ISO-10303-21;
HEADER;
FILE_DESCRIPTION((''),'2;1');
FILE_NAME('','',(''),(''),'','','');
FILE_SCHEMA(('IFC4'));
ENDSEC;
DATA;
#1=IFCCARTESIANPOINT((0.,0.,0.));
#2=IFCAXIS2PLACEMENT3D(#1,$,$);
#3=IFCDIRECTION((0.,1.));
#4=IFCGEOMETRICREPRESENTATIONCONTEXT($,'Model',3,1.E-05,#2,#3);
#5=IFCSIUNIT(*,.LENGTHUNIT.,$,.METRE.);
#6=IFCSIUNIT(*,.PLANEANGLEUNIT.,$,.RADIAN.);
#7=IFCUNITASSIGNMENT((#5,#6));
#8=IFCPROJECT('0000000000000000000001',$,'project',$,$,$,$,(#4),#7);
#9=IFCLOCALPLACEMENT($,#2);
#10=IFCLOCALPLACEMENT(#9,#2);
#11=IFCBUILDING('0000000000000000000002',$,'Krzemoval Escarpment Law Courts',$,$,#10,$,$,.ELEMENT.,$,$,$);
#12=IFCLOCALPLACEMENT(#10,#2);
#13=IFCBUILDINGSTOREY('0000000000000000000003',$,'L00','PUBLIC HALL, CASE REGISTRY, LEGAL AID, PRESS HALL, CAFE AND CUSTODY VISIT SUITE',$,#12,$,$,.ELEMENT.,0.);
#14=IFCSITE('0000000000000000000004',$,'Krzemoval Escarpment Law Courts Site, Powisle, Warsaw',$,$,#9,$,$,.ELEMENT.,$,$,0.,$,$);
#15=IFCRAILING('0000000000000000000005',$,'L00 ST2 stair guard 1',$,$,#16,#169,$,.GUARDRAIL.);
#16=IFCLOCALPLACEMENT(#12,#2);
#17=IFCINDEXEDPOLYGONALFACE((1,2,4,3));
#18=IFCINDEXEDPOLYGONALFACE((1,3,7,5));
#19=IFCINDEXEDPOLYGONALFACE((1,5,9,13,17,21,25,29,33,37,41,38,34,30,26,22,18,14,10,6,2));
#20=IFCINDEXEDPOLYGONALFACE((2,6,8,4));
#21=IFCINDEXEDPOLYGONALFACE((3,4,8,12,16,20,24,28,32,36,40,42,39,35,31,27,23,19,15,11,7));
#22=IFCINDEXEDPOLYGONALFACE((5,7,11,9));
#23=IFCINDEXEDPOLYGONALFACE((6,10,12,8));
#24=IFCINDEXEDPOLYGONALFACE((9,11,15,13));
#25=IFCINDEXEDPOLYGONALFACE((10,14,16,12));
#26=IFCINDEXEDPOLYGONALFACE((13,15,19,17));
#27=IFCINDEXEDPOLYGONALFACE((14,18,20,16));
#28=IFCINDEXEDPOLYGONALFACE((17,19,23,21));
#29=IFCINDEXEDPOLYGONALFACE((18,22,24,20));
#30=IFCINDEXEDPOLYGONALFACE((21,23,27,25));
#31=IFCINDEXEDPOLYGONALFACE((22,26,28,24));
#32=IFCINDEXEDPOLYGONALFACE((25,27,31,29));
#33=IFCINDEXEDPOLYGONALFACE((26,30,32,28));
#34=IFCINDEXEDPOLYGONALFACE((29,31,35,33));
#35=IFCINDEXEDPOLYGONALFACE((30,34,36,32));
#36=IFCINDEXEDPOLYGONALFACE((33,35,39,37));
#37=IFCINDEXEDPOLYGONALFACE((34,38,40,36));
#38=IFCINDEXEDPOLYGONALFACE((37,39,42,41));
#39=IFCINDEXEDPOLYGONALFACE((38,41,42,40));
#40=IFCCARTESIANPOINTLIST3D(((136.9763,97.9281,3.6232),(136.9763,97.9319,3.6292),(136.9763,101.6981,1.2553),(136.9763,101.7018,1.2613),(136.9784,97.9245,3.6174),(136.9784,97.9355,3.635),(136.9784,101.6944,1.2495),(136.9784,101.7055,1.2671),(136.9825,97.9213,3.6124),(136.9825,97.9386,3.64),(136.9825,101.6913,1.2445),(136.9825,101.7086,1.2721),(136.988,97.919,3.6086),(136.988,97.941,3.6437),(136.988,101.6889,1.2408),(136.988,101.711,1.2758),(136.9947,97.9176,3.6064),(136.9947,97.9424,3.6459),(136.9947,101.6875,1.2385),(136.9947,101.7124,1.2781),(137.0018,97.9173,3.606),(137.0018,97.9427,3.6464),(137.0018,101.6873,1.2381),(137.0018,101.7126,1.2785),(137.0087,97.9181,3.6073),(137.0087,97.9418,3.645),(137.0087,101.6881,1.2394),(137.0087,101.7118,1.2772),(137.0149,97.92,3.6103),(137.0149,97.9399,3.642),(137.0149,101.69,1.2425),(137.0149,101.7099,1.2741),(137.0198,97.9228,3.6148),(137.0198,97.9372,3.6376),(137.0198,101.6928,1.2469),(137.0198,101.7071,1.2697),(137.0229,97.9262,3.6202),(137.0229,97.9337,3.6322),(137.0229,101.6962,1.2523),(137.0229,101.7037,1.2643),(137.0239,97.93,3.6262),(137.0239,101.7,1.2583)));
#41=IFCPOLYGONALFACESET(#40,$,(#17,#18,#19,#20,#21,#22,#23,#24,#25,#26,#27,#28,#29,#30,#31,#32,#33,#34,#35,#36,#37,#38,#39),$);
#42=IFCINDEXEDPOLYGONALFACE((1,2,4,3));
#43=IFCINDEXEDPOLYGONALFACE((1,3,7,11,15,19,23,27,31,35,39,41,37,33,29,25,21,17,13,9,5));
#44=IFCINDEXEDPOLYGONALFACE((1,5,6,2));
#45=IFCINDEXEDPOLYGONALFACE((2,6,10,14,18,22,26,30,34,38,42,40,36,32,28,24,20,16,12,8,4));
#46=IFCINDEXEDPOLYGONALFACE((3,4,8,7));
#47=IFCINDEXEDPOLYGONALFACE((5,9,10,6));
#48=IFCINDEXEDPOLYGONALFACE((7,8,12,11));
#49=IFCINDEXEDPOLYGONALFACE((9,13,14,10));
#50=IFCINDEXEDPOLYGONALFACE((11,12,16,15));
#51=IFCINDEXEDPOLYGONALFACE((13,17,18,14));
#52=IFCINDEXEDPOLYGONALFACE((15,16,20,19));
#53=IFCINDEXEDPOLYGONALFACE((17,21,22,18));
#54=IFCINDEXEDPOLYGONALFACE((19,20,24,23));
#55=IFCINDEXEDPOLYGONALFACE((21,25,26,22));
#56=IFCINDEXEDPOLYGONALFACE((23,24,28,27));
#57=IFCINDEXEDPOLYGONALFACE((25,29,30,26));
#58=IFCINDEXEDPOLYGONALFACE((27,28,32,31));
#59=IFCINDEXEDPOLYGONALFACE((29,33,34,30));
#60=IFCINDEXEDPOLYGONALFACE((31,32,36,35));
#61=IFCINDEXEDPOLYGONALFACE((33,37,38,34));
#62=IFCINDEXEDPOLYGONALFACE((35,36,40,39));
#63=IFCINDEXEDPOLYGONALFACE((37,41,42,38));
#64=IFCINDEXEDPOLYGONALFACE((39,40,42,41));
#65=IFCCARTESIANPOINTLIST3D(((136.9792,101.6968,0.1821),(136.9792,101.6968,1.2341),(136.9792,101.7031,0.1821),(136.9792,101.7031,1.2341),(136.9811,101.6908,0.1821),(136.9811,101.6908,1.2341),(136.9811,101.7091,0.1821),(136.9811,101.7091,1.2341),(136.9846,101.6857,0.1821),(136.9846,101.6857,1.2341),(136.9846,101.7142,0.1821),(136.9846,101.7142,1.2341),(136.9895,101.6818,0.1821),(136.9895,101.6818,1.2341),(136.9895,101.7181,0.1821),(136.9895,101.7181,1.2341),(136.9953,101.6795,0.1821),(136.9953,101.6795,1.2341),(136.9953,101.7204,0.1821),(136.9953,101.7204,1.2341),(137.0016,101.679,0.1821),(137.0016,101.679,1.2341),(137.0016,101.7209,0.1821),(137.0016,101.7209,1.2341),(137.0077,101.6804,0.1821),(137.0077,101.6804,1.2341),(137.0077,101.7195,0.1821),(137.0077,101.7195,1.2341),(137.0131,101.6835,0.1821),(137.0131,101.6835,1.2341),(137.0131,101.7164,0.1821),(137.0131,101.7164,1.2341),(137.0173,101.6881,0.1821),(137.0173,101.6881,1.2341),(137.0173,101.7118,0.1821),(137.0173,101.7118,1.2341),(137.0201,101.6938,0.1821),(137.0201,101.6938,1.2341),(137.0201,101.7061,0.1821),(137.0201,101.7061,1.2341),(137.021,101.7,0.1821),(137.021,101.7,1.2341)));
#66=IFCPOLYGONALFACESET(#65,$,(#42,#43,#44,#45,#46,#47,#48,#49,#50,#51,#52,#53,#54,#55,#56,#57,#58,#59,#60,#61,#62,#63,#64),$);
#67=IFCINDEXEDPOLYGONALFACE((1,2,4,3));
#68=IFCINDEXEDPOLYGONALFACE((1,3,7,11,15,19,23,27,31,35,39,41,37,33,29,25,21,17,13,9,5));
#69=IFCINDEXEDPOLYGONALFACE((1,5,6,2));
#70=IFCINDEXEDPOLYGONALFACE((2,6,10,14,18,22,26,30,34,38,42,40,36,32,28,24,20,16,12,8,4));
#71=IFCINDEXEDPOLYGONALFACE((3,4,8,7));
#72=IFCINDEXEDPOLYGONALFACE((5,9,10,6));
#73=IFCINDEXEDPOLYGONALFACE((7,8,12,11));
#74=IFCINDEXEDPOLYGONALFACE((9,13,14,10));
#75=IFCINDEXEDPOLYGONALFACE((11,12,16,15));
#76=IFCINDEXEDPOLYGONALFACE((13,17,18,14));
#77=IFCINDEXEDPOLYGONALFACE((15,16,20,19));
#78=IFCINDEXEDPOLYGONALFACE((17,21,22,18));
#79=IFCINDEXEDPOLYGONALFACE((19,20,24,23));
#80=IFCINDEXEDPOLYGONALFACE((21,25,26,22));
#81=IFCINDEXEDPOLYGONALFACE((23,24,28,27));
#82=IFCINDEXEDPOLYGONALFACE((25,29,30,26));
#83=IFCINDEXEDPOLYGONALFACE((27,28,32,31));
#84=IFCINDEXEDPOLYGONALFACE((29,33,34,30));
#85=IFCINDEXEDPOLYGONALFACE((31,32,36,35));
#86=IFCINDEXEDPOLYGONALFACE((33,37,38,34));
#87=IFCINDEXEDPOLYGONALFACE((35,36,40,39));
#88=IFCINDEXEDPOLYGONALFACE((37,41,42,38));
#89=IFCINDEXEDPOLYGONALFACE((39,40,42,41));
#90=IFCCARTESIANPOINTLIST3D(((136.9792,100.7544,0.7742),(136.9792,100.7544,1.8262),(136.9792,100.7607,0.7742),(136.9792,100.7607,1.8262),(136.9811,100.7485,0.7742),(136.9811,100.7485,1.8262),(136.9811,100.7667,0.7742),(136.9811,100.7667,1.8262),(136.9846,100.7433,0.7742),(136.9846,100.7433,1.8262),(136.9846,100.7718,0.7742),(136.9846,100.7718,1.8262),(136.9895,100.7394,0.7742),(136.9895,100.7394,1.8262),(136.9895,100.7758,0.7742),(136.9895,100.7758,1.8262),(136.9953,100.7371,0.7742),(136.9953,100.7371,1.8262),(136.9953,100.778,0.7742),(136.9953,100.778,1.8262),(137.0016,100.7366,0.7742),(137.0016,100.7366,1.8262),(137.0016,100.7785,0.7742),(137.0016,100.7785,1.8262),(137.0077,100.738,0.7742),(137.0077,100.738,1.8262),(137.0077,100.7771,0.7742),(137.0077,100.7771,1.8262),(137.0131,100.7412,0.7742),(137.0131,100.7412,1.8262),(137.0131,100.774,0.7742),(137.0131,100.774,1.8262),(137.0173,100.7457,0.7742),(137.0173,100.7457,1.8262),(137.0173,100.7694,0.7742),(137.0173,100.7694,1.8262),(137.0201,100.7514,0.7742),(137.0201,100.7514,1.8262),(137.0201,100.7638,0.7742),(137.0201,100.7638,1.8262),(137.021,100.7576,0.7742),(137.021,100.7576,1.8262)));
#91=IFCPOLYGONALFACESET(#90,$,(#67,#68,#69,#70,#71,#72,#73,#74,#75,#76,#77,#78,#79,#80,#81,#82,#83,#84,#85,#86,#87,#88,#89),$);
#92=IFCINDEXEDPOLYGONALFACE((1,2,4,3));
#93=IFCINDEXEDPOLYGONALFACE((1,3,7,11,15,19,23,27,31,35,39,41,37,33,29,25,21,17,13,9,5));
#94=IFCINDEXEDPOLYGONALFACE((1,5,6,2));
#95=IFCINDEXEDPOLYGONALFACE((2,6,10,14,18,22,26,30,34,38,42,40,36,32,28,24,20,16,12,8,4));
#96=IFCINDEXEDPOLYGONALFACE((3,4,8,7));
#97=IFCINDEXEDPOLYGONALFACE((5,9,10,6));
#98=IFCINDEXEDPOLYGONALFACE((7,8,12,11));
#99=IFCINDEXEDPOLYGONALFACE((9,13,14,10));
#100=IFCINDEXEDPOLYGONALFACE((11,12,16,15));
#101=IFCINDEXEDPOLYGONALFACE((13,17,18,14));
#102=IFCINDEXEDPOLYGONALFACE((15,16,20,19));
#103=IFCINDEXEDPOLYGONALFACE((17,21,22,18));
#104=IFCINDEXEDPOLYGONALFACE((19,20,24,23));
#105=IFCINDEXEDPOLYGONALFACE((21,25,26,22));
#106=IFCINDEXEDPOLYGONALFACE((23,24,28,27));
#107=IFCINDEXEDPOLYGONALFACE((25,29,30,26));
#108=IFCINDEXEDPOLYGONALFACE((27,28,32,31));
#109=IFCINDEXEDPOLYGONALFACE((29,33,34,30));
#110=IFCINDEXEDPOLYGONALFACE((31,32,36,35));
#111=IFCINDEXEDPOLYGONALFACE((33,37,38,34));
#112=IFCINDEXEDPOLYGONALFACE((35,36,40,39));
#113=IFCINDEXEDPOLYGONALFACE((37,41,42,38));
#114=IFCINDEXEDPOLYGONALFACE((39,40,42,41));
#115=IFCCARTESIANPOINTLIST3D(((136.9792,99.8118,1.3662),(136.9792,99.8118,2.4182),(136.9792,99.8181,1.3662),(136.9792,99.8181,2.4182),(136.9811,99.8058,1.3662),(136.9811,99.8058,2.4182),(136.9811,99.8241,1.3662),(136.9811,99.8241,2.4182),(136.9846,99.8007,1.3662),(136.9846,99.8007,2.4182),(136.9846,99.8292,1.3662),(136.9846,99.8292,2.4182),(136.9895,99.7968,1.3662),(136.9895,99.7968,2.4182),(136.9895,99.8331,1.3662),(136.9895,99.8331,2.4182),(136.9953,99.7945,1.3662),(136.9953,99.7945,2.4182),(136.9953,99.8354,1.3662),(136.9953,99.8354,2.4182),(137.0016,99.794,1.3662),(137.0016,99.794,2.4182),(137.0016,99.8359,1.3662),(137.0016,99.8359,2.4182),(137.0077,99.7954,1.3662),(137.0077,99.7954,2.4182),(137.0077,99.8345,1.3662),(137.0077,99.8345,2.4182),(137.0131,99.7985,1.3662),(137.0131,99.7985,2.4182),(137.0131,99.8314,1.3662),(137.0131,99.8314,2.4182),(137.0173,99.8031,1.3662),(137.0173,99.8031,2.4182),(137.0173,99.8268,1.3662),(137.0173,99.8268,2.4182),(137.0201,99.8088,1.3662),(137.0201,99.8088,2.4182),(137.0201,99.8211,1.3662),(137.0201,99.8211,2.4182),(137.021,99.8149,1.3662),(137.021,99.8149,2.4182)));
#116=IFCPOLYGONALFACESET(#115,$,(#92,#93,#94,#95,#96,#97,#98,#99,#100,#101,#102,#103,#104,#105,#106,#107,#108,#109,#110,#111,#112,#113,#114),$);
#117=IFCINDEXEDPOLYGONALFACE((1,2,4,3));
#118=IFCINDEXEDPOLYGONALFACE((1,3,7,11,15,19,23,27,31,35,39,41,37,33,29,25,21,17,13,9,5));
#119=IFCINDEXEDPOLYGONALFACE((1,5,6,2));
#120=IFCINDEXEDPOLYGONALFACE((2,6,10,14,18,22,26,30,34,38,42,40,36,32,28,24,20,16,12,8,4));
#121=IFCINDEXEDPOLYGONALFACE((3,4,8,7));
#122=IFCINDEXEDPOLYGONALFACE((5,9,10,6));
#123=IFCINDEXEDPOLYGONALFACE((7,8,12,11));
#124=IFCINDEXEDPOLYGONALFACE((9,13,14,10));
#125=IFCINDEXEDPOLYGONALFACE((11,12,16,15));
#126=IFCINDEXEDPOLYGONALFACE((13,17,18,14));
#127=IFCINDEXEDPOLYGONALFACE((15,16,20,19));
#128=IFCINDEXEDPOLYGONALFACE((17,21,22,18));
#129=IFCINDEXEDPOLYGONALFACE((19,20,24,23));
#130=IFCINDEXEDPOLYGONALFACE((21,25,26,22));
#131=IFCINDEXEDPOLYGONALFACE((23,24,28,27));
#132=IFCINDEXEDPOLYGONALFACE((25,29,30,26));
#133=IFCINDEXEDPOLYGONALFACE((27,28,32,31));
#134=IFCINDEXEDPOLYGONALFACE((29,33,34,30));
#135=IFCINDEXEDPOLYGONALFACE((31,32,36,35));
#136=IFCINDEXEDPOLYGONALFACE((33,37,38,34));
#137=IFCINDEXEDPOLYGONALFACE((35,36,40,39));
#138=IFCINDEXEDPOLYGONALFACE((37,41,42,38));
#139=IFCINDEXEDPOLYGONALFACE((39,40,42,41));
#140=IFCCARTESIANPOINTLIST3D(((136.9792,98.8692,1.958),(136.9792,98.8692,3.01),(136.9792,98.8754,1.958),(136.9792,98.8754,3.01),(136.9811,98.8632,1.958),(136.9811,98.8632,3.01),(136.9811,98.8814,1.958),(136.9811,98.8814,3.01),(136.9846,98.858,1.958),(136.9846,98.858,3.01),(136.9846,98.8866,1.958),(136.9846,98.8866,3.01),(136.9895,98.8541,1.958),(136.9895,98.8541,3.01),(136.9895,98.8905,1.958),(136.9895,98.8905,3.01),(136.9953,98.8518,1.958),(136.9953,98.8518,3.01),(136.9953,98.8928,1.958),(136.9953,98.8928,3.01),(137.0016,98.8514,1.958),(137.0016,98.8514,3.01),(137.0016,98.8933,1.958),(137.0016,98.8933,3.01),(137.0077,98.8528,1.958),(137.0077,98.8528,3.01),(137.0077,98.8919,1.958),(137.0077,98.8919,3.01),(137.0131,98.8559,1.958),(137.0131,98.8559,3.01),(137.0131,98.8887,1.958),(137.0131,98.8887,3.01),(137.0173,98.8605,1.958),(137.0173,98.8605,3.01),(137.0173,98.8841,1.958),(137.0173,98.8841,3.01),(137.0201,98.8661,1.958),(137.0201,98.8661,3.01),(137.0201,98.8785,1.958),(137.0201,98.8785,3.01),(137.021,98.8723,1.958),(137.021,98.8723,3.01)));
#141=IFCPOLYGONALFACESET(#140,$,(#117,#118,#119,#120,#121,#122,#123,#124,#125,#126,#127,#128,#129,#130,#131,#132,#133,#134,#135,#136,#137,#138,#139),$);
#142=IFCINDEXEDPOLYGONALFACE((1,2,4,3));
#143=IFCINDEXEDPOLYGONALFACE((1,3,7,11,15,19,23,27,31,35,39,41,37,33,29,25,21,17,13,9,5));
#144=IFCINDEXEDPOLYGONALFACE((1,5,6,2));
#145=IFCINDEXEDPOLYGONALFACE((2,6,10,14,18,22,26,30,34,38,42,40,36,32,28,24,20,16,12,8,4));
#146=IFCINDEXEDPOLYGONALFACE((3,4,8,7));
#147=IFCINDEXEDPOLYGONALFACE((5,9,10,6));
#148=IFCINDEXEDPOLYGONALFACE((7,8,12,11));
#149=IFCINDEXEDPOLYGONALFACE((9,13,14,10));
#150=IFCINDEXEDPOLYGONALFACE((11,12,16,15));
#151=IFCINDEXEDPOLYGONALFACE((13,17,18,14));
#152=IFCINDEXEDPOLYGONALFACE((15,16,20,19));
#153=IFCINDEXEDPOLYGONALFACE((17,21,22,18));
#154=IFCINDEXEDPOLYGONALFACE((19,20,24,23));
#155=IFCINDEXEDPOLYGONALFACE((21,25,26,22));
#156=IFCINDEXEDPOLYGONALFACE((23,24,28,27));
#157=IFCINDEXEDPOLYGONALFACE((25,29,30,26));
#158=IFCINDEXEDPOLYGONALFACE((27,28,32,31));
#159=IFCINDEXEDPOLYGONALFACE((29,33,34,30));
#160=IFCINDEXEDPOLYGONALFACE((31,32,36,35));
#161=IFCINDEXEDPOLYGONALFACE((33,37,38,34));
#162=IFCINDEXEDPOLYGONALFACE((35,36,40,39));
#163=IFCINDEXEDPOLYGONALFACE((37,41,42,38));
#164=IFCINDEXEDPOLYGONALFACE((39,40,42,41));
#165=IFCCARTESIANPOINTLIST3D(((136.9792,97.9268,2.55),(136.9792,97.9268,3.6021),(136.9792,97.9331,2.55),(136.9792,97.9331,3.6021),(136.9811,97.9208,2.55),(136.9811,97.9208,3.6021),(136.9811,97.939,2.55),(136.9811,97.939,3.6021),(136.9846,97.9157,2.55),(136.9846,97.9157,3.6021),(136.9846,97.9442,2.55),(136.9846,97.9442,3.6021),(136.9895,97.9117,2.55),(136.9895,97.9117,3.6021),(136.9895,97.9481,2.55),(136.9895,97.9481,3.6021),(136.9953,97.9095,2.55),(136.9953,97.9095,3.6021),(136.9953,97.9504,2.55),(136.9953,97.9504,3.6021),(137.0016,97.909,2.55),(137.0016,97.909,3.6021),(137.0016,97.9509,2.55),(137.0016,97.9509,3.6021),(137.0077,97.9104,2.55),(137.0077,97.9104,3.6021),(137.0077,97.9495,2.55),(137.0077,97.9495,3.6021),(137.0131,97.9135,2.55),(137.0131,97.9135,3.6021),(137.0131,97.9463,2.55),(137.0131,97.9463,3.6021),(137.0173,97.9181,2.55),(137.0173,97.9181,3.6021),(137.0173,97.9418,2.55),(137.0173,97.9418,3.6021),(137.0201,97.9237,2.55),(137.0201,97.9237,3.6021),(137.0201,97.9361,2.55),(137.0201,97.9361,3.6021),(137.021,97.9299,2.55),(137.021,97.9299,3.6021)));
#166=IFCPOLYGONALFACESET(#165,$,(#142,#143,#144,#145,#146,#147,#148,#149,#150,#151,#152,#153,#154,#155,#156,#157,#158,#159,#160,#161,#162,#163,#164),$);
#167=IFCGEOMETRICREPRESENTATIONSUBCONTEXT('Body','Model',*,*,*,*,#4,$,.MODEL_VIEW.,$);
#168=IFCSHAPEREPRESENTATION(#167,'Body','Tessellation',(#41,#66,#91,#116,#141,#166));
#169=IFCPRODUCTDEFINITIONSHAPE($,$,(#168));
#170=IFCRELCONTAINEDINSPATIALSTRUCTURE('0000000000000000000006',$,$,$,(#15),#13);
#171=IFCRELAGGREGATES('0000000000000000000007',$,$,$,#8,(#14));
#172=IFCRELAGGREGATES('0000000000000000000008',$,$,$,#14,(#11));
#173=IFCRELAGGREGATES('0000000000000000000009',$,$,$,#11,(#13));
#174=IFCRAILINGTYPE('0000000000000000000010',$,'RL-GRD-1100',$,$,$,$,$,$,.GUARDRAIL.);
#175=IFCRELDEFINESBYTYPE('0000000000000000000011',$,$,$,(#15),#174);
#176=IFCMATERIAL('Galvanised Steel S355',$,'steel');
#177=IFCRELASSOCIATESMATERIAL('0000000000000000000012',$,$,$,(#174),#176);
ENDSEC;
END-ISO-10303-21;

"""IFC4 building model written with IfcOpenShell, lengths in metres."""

from ifc_helpers import new_model, si_unit, direction, frame, origin, origin_2d, place, context, subcontext, project, spatial, circle, extrude, material, type_object, element, save


model = new_model("IFC4")

# Units and contexts
model_context = context("Model", 3, precision=1e-05, world=origin(), true_north=direction((0.0, 1.0)))
body_context = subcontext(model_context, "Body", "Model", "MODEL_VIEW")
ifc_project = project(units=[si_unit("LENGTHUNIT", "METRE"), si_unit("PLANEANGLEUNIT", "RADIAN")], contexts=[model_context])

# Site, building, storey
site_placement = place(None, origin())
site = spatial("IfcSite", under=ifc_project, at=site_placement, Name="Krzemoval Escarpment Law Courts Site, Powisle, Warsaw", CompositionType="ELEMENT", RefElevation=0.0)
building_placement = place(site_placement, origin())
building = spatial("IfcBuilding", under=site, at=building_placement, Name="Krzemoval Escarpment Law Courts", CompositionType="ELEMENT")
storey_placement = place(building_placement, origin())
storey = spatial("IfcBuildingStorey", under=building, at=storey_placement, Name="L00", Description="PUBLIC HALL, CASE REGISTRY, LEGAL AID, PRESS HALL, CAFE AND CUSTODY VISIT SUITE", CompositionType="ELEMENT", Elevation=0.0)

# Railing
ifc_material_1 = material(Name="Galvanised Steel S355", Category="steel")
railing_type_1 = type_object("IfcRailingType", Name="RL-GRD-1100", PredefinedType="GUARDRAIL", material=ifc_material_1)
railing_1_placement = place(storey_placement, frame((137.0, 101.7, 0.1821)))
element("IfcRailing", 1, at=railing_1_placement, inside=storey, type_object=railing_type_1, Name="L00 ST2 stair guard 1", PredefinedType="GUARDRAIL", context=body_context, shape_type="SweptSolid", body=[
    extrude(circle(Radius=0.0239, at=origin_2d()), frame((0.0, 0.0, 1.0762), z_axis=(0.0, -0.846819, 0.531881), x_axis=(1.0, 0.0, 0.0)), (0.0, 0.0, 1.0), 4.4519),
    extrude(circle(Radius=0.021, at=origin_2d()), origin(), (0.0, 0.0, 1.0), 1.052),
    extrude(circle(Radius=0.021, at=origin_2d()), frame((0.0, -0.9424, 0.592)), (0.0, 0.0, 1.0), 1.052),
    extrude(circle(Radius=0.021, at=origin_2d()), frame((0.0, -1.885, 1.1841)), (0.0, 0.0, 1.0), 1.052),
    extrude(circle(Radius=0.021, at=origin_2d()), frame((0.0, -2.8276, 1.7759)), (0.0, 0.0, 1.0), 1.052),
    extrude(circle(Radius=0.021, at=origin_2d()), frame((0.0, -3.77, 2.3679)), (0.0, 0.0, 1.0), 1.052),
])

save(model, "model.ifc")
